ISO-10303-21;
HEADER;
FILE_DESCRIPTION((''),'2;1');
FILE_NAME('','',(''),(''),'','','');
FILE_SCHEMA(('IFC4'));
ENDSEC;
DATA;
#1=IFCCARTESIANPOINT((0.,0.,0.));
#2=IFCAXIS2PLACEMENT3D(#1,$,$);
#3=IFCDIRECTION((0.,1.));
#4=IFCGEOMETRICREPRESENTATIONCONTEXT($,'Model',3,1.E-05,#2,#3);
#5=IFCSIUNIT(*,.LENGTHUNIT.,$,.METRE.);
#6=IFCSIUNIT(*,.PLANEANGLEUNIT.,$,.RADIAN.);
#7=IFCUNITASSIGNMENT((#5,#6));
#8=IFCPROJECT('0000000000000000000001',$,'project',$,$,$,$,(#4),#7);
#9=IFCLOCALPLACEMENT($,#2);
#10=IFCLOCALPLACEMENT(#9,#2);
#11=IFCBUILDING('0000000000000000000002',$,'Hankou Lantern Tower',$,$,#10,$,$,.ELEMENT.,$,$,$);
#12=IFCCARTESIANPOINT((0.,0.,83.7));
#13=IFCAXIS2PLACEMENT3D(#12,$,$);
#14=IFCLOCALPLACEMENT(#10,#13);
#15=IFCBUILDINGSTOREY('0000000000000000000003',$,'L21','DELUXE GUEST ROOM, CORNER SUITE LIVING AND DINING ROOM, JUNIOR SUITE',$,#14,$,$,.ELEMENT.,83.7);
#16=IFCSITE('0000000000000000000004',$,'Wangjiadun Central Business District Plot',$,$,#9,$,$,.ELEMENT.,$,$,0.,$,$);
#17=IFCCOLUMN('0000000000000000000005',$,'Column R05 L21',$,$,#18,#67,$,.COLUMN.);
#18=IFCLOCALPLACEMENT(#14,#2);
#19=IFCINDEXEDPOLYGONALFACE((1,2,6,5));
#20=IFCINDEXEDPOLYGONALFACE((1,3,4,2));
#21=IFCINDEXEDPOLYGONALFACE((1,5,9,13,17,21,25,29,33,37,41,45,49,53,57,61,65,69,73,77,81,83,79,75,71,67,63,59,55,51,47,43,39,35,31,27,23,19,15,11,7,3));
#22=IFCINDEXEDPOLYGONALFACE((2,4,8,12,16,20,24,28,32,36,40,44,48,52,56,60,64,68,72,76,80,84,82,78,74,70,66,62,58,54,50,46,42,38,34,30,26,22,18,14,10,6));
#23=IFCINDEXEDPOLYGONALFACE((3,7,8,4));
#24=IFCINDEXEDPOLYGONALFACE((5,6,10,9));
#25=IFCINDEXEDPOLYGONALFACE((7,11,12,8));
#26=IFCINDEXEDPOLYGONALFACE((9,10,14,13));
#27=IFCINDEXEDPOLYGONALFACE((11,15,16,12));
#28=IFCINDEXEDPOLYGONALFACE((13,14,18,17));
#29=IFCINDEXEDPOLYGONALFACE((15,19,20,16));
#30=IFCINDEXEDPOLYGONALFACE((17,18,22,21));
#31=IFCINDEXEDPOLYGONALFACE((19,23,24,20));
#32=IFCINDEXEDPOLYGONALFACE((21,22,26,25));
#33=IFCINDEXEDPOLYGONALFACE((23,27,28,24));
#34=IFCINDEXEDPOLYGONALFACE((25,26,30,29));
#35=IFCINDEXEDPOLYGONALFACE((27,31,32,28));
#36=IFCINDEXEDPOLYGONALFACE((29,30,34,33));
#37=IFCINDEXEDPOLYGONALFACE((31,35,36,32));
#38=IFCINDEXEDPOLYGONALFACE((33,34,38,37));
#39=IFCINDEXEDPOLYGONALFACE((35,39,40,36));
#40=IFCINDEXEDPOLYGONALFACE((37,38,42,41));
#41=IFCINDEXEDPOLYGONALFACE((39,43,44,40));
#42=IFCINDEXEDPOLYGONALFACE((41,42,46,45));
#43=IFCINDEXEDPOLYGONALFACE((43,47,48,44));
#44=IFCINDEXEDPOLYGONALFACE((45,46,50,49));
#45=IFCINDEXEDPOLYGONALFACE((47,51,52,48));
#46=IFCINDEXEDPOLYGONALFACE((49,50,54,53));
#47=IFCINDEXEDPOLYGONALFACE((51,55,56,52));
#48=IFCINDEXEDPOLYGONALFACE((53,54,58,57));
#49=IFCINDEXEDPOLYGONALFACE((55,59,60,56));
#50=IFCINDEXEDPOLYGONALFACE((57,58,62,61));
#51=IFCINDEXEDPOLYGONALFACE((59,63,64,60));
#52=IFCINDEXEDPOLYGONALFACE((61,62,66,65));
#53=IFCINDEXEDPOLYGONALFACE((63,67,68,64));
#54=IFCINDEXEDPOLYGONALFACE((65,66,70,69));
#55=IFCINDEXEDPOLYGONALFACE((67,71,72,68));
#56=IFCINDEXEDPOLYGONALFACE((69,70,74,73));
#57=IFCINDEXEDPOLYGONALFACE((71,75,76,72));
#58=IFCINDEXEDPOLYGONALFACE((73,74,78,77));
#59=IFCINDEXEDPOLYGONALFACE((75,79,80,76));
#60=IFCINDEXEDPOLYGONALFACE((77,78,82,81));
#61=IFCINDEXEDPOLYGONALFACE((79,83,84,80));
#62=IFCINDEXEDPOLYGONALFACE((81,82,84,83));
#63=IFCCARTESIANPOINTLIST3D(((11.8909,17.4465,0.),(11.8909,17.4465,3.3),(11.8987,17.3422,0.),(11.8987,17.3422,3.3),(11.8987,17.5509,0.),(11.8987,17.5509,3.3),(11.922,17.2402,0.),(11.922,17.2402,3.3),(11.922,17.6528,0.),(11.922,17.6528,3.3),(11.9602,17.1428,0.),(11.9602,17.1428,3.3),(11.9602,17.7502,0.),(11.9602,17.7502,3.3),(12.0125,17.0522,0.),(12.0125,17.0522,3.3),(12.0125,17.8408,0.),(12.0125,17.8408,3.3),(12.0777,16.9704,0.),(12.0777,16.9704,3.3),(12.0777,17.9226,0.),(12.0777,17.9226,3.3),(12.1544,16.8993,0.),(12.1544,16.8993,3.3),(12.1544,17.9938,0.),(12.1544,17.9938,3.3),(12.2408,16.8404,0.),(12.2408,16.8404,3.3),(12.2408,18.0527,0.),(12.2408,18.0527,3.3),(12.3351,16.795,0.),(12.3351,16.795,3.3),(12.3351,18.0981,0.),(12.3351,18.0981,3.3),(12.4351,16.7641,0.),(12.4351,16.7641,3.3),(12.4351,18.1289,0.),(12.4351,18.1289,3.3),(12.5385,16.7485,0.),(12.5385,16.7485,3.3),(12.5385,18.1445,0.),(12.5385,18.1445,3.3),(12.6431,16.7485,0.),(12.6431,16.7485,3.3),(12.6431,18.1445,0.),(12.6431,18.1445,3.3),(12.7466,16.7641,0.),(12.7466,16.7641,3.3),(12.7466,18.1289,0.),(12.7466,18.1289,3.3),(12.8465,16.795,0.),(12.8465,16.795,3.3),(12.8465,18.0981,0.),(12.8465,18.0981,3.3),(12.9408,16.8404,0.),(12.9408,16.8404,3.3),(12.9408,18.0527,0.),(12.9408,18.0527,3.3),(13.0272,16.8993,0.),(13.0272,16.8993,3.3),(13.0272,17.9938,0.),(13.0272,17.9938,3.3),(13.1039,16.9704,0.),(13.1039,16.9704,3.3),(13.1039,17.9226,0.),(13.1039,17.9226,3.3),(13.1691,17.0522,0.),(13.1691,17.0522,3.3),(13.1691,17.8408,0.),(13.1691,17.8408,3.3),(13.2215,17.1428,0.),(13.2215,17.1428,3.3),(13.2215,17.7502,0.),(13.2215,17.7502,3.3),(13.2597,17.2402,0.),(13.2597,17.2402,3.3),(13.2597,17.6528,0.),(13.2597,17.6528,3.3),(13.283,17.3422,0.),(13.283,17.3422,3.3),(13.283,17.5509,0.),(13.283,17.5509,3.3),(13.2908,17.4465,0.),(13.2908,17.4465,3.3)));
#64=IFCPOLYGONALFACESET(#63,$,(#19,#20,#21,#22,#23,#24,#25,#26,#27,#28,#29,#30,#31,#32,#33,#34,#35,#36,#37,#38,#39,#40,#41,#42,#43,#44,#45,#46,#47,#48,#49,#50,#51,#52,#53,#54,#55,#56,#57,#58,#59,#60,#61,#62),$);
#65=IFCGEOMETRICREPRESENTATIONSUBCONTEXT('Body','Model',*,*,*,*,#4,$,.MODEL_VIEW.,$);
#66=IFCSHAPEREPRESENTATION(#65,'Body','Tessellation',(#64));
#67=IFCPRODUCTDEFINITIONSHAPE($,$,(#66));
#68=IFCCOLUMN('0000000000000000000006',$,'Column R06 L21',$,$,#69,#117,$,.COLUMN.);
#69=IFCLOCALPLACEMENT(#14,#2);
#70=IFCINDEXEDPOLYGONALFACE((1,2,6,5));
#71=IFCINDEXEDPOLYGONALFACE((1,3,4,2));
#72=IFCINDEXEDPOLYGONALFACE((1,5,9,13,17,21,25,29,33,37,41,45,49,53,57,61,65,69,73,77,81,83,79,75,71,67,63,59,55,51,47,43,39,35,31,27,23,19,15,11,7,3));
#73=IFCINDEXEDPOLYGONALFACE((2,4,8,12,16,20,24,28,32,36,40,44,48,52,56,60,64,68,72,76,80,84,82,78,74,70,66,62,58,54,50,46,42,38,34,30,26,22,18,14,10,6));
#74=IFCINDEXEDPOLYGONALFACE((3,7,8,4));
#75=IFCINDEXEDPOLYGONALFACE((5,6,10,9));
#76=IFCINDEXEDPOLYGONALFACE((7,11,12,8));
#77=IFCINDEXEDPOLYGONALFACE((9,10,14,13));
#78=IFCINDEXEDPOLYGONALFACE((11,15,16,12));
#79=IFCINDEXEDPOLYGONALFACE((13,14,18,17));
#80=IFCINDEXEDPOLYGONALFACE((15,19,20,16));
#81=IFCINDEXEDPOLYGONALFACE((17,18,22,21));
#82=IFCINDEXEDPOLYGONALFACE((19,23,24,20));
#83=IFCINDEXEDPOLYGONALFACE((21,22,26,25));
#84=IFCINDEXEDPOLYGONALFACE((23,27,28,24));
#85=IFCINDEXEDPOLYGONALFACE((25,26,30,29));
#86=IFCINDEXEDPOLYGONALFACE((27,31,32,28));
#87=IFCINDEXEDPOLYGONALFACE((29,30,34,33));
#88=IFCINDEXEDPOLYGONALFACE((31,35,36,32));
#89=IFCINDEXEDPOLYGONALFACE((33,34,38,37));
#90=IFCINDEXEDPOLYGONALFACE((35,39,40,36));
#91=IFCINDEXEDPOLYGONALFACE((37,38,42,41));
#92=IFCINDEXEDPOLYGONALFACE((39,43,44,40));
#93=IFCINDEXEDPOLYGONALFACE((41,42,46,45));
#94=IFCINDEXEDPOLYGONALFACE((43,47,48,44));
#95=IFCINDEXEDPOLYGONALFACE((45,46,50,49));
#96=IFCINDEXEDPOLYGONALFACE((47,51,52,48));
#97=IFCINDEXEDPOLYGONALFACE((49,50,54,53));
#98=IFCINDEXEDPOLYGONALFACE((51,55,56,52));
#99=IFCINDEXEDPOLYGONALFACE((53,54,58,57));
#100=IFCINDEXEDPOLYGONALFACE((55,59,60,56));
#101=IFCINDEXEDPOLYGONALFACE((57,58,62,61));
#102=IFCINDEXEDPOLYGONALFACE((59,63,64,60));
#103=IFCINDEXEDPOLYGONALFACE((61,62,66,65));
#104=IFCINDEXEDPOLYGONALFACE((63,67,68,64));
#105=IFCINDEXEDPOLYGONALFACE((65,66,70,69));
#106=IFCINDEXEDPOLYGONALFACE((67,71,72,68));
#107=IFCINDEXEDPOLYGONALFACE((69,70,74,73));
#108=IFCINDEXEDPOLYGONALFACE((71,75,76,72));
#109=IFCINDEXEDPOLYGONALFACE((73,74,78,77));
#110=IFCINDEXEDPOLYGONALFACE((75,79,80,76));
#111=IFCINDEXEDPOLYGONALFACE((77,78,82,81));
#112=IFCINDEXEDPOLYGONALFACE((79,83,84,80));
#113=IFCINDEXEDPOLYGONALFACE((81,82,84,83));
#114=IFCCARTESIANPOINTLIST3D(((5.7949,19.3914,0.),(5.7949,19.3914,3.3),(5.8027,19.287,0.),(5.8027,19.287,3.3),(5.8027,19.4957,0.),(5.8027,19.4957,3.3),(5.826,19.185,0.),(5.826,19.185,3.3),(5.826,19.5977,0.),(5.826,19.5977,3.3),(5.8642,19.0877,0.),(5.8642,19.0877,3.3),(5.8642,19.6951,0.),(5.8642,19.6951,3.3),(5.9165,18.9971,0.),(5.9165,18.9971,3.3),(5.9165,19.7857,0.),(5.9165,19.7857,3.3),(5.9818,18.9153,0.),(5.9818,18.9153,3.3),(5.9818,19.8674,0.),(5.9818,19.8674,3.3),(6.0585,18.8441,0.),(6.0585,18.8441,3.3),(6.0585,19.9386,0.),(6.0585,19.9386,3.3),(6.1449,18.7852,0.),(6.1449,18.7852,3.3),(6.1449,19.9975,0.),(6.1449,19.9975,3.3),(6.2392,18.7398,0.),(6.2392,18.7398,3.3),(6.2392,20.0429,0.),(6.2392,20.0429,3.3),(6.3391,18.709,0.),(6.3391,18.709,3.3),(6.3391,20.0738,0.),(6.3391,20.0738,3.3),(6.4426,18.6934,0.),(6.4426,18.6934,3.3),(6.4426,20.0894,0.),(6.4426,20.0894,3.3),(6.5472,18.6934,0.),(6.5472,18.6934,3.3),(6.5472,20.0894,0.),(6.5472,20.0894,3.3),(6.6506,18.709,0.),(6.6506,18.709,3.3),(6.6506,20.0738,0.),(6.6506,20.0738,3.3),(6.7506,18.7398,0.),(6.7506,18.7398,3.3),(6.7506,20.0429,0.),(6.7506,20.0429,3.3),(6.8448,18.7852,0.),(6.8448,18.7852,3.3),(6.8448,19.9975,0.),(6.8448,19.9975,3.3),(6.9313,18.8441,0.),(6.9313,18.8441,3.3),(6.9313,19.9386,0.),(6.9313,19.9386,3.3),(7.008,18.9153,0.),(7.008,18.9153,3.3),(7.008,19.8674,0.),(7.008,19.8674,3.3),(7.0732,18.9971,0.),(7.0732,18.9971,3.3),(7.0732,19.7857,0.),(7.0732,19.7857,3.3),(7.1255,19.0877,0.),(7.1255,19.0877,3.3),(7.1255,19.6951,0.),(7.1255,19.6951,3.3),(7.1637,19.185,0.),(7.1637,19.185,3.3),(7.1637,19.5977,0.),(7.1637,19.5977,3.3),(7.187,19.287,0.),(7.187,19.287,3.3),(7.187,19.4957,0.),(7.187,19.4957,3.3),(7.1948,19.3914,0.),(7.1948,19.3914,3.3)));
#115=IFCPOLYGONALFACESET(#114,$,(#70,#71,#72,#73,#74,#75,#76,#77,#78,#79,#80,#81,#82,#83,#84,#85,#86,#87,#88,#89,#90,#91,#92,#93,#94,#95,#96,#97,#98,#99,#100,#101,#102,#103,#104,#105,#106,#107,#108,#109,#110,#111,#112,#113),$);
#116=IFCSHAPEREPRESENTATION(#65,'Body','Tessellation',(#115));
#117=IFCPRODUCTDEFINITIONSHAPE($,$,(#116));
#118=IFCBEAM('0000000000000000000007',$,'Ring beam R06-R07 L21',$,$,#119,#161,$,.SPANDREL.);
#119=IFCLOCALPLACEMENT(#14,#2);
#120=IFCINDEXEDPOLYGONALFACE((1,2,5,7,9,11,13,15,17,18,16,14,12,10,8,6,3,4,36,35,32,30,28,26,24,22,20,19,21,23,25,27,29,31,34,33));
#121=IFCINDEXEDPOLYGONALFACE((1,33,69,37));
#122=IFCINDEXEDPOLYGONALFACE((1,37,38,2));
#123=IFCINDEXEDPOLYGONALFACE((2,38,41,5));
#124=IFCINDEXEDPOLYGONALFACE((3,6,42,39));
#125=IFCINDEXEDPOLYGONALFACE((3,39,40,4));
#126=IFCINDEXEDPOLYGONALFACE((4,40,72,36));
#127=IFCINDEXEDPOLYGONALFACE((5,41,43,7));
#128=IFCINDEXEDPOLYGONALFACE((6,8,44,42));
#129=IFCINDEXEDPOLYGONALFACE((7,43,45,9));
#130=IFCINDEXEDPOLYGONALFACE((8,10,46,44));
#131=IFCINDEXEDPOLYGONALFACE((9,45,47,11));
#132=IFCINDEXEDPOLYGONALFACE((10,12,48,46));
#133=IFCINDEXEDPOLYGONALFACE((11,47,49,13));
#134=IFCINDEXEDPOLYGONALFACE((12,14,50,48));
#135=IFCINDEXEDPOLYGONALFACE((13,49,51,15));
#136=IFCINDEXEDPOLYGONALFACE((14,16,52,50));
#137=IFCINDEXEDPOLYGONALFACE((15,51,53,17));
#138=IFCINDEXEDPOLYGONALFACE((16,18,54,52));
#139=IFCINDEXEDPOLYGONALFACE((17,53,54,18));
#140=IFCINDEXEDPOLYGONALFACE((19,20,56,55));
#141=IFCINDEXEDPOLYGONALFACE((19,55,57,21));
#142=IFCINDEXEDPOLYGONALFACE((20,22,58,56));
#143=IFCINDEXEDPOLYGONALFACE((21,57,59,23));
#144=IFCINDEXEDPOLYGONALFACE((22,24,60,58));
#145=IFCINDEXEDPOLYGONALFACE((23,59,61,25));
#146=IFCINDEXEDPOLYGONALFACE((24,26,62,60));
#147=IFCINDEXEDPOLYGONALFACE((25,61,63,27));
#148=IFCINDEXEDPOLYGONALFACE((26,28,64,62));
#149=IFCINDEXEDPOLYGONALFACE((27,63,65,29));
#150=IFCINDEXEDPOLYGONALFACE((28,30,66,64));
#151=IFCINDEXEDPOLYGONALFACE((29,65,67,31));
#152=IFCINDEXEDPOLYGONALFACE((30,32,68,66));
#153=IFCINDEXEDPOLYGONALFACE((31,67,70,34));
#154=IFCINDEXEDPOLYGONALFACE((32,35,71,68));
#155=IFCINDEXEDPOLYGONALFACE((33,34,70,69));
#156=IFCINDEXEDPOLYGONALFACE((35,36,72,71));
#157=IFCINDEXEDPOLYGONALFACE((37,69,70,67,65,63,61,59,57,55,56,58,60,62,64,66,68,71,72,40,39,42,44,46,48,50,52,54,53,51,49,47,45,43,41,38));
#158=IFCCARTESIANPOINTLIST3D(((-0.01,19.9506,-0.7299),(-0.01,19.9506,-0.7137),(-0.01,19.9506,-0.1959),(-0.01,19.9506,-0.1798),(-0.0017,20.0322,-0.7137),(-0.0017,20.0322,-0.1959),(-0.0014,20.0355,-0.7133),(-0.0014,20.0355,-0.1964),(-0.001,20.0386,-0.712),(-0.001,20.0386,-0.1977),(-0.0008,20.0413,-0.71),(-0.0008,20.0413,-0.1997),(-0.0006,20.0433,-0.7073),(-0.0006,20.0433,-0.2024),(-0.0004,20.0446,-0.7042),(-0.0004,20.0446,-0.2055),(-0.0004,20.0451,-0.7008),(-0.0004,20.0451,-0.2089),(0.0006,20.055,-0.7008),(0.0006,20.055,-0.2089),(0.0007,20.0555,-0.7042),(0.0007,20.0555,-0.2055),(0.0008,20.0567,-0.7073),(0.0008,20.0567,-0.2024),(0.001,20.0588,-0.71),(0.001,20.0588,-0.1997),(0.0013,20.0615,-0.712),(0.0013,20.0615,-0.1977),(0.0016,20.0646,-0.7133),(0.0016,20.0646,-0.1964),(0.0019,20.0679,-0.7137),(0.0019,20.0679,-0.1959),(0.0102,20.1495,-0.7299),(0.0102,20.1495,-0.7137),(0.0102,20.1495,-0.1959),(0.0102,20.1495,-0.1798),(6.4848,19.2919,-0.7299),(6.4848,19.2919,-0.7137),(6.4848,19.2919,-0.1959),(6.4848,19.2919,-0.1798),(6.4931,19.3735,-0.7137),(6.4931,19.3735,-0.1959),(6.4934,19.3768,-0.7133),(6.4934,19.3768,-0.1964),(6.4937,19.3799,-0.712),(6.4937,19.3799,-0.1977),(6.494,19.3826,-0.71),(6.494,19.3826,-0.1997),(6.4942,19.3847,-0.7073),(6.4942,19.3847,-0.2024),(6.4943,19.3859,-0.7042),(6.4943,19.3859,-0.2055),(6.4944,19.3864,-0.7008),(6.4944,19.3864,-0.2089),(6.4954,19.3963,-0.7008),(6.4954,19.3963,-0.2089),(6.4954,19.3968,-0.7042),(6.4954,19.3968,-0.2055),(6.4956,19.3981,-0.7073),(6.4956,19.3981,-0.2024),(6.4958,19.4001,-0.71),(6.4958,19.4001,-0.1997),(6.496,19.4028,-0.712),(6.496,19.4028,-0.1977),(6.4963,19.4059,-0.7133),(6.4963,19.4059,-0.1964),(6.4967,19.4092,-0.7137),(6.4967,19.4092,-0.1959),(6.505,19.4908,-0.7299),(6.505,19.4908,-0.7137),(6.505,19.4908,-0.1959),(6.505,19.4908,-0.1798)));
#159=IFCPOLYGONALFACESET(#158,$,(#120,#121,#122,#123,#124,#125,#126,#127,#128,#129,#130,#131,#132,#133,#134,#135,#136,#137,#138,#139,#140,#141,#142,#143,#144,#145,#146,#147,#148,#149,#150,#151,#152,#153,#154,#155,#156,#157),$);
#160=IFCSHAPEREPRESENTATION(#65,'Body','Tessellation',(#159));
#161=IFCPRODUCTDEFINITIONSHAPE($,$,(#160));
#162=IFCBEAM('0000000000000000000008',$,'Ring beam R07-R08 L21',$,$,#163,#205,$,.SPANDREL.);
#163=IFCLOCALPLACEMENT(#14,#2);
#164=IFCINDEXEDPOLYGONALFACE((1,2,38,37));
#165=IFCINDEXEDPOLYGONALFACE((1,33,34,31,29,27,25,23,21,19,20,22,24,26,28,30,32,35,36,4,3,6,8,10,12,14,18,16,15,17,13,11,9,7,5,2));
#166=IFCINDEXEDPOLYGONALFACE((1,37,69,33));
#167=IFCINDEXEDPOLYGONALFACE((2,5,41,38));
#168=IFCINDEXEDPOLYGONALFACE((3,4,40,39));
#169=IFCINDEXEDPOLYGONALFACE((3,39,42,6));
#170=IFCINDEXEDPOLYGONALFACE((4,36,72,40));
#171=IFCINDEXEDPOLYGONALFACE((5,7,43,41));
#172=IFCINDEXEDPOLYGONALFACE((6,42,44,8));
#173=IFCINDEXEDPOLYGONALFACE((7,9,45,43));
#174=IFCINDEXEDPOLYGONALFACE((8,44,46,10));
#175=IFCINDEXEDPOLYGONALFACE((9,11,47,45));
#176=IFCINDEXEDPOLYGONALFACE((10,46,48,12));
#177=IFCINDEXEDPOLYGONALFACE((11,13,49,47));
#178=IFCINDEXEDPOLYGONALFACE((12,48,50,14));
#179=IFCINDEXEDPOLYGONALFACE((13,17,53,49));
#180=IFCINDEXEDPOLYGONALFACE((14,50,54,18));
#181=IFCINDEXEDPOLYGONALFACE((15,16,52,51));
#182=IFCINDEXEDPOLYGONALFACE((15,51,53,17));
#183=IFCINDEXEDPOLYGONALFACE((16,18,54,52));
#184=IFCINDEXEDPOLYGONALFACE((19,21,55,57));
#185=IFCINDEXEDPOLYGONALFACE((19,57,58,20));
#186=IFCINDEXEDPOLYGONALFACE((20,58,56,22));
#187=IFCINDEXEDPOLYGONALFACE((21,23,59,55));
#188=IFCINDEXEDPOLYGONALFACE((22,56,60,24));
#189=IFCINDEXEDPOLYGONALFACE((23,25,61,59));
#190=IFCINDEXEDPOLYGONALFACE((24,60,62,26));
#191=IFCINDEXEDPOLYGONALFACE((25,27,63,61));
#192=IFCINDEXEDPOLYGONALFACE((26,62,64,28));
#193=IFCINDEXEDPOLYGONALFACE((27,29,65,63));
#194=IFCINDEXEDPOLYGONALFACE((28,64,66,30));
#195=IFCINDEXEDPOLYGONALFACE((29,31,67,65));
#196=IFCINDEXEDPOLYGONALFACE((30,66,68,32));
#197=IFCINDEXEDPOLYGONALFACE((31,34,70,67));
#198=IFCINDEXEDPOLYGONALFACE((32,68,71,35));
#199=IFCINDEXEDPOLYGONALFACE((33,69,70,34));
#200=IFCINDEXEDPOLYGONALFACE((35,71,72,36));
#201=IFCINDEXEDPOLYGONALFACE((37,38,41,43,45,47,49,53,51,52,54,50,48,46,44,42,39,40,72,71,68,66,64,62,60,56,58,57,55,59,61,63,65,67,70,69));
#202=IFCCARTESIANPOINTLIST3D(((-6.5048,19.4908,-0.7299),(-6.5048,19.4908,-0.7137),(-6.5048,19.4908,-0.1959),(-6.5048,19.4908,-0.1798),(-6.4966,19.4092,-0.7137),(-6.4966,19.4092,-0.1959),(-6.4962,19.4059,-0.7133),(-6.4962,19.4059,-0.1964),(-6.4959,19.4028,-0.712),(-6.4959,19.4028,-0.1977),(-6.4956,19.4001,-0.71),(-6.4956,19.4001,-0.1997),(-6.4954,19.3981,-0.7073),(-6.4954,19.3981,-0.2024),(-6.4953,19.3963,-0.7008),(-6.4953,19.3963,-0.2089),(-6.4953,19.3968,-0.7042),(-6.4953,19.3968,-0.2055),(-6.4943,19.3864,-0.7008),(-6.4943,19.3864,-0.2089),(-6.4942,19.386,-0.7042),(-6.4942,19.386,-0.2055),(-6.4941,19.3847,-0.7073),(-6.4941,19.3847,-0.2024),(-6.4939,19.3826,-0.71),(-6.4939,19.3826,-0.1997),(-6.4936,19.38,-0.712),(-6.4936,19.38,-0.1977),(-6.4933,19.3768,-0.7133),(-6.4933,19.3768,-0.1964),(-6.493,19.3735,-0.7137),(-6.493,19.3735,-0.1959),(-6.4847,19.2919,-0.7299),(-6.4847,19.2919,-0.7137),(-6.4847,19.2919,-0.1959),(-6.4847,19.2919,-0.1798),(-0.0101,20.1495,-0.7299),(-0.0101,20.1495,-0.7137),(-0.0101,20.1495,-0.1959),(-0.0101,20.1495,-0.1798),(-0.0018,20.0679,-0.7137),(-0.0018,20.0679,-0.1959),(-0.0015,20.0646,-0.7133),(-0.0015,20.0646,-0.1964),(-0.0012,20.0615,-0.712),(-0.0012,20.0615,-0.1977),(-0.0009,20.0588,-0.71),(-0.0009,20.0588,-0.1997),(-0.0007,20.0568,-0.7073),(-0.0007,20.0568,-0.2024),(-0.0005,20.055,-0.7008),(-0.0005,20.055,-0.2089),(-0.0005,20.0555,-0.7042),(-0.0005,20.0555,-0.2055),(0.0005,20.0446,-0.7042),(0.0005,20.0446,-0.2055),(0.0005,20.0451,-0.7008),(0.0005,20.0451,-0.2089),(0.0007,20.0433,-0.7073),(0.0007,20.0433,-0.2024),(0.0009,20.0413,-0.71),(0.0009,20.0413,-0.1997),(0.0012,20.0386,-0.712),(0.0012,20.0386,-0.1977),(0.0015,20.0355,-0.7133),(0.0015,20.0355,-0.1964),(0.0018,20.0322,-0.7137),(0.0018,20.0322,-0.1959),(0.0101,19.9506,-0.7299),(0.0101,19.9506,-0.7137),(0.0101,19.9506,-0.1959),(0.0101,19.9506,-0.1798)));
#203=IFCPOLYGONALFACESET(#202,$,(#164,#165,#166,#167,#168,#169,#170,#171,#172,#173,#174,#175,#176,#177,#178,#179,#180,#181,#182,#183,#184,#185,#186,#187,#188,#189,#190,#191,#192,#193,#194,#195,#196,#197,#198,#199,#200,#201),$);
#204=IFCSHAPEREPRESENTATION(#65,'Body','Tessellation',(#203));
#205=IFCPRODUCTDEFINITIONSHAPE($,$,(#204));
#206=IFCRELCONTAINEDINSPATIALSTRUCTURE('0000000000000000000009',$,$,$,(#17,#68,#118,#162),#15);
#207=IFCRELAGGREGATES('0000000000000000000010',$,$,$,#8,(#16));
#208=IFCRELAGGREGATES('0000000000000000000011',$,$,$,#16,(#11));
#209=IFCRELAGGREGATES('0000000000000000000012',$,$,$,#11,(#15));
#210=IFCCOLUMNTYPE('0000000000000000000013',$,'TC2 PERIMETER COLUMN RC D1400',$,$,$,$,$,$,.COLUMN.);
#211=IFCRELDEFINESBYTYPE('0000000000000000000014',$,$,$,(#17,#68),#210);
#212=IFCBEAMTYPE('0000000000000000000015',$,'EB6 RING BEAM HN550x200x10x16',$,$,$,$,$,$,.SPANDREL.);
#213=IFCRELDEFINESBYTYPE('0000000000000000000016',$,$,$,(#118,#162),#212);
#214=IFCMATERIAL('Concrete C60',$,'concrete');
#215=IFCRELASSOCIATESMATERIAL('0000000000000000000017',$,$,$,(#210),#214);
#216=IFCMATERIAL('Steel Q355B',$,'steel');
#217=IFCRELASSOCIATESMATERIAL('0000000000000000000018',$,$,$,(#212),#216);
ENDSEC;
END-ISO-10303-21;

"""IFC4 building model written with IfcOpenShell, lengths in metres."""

from ifc_helpers import new_model, si_unit, direction, frame, origin, origin_2d, place, context, subcontext, project, spatial, circle, i_section, extrude, material, material_profile, profile_set, type_object, element, save


model = new_model("IFC4")

# Units and contexts
model_context = context("Model", 3, precision=1e-05, world=origin(), true_north=direction((0.0, 1.0)))
body_context = subcontext(model_context, "Body", "Model", "MODEL_VIEW")
ifc_project = project(units=[si_unit("LENGTHUNIT", "METRE"), si_unit("PLANEANGLEUNIT", "RADIAN")], contexts=[model_context])

# Site, building, storey
site_placement = place(None, origin())
site = spatial("IfcSite", under=ifc_project, at=site_placement, Name="Wangjiadun Central Business District Plot", CompositionType="ELEMENT", RefElevation=0.0)
building_placement = place(site_placement, origin())
building = spatial("IfcBuilding", under=site, at=building_placement, Name="Hankou Lantern Tower", CompositionType="ELEMENT")
storey_placement = place(building_placement, frame((0.0, 0.0, 83.7)))
storey = spatial("IfcBuildingStorey", under=building, at=storey_placement, Name="L21", Description="DELUXE GUEST ROOM, CORNER SUITE LIVING AND DINING ROOM, JUNIOR SUITE", CompositionType="ELEMENT", Elevation=83.7)

# Columns
ifc_material_1 = material(Name="Concrete C60", Category="concrete")
ifc_material_profile_1 = material_profile(ifc_material_1, circle(Radius=0.7, at=origin_2d()), Name="RC D1400")
ifc_profile_set_1 = profile_set([ifc_material_profile_1], Name="Concrete C60")
column_type = type_object("IfcColumnType", Name="TC2 PERIMETER COLUMN RC D1400", PredefinedType="COLUMN", material=ifc_profile_set_1)
for number, where, z_axis, x_axis, name in (
    (1, (12.5908, 17.4465, 0.0), (0.0, 0.0, 1.0), (1.0, 0.0, 0.0), "Column R05 L21"),
    (2, (6.4949, 19.3914, 0.0), (0.0, 0.0, 1.0), (1.0, 0.0, 0.0), "Column R06 L21"),
):
    element("IfcColumn", number, at=place(storey_placement, frame(where, z_axis=z_axis, x_axis=x_axis)), inside=storey, type_object=column_type, Name=name, PredefinedType="COLUMN", context=body_context, shape_type="SweptSolid", body=[
        extrude(circle(Radius=0.7, at=origin_2d()), origin(), (0.0, 0.0, 1.0), 3.3),
    ])

# Beams
ifc_material_2 = material(Name="Steel Q355B", Category="steel")
ifc_material_profile_2 = material_profile(ifc_material_2, i_section(OverallWidth=0.2, OverallDepth=0.55, WebThickness=0.01, FlangeThickness=0.0161, FilletRadius=0.0129, at=origin_2d()), Name="HN550x200x10x16")
ifc_profile_set_2 = profile_set([ifc_material_profile_2], Name="Steel Q355B")
beam_type_1 = type_object("IfcBeamType", Name="EB6 RING BEAM HN550x200x10x16", PredefinedType="SPANDREL", material=ifc_profile_set_2)
for number, where, z_axis, x_axis, name in (
    (3, (6.4949, 19.3914, -0.4548), (-0.994897, 0.1009, 0.0), (-0.1009, -0.994897, 0.0), "Ring beam R06-R07 L21"),
    (4, (0.0, 20.05, -0.4548), (-0.994897, -0.1009, 0.0), (0.1009, -0.994897, 0.0), "Ring beam R07-R08 L21"),
):
    element("IfcBeam", number, at=place(storey_placement, frame(where, z_axis=z_axis, x_axis=x_axis)), inside=storey, type_object=beam_type_1, Name=name, PredefinedType="SPANDREL", context=body_context, shape_type="SweptSolid", body=[
        extrude(i_section(OverallWidth=0.2, OverallDepth=0.55, WebThickness=0.01, FlangeThickness=0.0161, FilletRadius=0.0129, at=origin_2d()), origin(), (0.0, 0.0, 1.0), 6.5281),
    ])

save(model, "model.ifc")
